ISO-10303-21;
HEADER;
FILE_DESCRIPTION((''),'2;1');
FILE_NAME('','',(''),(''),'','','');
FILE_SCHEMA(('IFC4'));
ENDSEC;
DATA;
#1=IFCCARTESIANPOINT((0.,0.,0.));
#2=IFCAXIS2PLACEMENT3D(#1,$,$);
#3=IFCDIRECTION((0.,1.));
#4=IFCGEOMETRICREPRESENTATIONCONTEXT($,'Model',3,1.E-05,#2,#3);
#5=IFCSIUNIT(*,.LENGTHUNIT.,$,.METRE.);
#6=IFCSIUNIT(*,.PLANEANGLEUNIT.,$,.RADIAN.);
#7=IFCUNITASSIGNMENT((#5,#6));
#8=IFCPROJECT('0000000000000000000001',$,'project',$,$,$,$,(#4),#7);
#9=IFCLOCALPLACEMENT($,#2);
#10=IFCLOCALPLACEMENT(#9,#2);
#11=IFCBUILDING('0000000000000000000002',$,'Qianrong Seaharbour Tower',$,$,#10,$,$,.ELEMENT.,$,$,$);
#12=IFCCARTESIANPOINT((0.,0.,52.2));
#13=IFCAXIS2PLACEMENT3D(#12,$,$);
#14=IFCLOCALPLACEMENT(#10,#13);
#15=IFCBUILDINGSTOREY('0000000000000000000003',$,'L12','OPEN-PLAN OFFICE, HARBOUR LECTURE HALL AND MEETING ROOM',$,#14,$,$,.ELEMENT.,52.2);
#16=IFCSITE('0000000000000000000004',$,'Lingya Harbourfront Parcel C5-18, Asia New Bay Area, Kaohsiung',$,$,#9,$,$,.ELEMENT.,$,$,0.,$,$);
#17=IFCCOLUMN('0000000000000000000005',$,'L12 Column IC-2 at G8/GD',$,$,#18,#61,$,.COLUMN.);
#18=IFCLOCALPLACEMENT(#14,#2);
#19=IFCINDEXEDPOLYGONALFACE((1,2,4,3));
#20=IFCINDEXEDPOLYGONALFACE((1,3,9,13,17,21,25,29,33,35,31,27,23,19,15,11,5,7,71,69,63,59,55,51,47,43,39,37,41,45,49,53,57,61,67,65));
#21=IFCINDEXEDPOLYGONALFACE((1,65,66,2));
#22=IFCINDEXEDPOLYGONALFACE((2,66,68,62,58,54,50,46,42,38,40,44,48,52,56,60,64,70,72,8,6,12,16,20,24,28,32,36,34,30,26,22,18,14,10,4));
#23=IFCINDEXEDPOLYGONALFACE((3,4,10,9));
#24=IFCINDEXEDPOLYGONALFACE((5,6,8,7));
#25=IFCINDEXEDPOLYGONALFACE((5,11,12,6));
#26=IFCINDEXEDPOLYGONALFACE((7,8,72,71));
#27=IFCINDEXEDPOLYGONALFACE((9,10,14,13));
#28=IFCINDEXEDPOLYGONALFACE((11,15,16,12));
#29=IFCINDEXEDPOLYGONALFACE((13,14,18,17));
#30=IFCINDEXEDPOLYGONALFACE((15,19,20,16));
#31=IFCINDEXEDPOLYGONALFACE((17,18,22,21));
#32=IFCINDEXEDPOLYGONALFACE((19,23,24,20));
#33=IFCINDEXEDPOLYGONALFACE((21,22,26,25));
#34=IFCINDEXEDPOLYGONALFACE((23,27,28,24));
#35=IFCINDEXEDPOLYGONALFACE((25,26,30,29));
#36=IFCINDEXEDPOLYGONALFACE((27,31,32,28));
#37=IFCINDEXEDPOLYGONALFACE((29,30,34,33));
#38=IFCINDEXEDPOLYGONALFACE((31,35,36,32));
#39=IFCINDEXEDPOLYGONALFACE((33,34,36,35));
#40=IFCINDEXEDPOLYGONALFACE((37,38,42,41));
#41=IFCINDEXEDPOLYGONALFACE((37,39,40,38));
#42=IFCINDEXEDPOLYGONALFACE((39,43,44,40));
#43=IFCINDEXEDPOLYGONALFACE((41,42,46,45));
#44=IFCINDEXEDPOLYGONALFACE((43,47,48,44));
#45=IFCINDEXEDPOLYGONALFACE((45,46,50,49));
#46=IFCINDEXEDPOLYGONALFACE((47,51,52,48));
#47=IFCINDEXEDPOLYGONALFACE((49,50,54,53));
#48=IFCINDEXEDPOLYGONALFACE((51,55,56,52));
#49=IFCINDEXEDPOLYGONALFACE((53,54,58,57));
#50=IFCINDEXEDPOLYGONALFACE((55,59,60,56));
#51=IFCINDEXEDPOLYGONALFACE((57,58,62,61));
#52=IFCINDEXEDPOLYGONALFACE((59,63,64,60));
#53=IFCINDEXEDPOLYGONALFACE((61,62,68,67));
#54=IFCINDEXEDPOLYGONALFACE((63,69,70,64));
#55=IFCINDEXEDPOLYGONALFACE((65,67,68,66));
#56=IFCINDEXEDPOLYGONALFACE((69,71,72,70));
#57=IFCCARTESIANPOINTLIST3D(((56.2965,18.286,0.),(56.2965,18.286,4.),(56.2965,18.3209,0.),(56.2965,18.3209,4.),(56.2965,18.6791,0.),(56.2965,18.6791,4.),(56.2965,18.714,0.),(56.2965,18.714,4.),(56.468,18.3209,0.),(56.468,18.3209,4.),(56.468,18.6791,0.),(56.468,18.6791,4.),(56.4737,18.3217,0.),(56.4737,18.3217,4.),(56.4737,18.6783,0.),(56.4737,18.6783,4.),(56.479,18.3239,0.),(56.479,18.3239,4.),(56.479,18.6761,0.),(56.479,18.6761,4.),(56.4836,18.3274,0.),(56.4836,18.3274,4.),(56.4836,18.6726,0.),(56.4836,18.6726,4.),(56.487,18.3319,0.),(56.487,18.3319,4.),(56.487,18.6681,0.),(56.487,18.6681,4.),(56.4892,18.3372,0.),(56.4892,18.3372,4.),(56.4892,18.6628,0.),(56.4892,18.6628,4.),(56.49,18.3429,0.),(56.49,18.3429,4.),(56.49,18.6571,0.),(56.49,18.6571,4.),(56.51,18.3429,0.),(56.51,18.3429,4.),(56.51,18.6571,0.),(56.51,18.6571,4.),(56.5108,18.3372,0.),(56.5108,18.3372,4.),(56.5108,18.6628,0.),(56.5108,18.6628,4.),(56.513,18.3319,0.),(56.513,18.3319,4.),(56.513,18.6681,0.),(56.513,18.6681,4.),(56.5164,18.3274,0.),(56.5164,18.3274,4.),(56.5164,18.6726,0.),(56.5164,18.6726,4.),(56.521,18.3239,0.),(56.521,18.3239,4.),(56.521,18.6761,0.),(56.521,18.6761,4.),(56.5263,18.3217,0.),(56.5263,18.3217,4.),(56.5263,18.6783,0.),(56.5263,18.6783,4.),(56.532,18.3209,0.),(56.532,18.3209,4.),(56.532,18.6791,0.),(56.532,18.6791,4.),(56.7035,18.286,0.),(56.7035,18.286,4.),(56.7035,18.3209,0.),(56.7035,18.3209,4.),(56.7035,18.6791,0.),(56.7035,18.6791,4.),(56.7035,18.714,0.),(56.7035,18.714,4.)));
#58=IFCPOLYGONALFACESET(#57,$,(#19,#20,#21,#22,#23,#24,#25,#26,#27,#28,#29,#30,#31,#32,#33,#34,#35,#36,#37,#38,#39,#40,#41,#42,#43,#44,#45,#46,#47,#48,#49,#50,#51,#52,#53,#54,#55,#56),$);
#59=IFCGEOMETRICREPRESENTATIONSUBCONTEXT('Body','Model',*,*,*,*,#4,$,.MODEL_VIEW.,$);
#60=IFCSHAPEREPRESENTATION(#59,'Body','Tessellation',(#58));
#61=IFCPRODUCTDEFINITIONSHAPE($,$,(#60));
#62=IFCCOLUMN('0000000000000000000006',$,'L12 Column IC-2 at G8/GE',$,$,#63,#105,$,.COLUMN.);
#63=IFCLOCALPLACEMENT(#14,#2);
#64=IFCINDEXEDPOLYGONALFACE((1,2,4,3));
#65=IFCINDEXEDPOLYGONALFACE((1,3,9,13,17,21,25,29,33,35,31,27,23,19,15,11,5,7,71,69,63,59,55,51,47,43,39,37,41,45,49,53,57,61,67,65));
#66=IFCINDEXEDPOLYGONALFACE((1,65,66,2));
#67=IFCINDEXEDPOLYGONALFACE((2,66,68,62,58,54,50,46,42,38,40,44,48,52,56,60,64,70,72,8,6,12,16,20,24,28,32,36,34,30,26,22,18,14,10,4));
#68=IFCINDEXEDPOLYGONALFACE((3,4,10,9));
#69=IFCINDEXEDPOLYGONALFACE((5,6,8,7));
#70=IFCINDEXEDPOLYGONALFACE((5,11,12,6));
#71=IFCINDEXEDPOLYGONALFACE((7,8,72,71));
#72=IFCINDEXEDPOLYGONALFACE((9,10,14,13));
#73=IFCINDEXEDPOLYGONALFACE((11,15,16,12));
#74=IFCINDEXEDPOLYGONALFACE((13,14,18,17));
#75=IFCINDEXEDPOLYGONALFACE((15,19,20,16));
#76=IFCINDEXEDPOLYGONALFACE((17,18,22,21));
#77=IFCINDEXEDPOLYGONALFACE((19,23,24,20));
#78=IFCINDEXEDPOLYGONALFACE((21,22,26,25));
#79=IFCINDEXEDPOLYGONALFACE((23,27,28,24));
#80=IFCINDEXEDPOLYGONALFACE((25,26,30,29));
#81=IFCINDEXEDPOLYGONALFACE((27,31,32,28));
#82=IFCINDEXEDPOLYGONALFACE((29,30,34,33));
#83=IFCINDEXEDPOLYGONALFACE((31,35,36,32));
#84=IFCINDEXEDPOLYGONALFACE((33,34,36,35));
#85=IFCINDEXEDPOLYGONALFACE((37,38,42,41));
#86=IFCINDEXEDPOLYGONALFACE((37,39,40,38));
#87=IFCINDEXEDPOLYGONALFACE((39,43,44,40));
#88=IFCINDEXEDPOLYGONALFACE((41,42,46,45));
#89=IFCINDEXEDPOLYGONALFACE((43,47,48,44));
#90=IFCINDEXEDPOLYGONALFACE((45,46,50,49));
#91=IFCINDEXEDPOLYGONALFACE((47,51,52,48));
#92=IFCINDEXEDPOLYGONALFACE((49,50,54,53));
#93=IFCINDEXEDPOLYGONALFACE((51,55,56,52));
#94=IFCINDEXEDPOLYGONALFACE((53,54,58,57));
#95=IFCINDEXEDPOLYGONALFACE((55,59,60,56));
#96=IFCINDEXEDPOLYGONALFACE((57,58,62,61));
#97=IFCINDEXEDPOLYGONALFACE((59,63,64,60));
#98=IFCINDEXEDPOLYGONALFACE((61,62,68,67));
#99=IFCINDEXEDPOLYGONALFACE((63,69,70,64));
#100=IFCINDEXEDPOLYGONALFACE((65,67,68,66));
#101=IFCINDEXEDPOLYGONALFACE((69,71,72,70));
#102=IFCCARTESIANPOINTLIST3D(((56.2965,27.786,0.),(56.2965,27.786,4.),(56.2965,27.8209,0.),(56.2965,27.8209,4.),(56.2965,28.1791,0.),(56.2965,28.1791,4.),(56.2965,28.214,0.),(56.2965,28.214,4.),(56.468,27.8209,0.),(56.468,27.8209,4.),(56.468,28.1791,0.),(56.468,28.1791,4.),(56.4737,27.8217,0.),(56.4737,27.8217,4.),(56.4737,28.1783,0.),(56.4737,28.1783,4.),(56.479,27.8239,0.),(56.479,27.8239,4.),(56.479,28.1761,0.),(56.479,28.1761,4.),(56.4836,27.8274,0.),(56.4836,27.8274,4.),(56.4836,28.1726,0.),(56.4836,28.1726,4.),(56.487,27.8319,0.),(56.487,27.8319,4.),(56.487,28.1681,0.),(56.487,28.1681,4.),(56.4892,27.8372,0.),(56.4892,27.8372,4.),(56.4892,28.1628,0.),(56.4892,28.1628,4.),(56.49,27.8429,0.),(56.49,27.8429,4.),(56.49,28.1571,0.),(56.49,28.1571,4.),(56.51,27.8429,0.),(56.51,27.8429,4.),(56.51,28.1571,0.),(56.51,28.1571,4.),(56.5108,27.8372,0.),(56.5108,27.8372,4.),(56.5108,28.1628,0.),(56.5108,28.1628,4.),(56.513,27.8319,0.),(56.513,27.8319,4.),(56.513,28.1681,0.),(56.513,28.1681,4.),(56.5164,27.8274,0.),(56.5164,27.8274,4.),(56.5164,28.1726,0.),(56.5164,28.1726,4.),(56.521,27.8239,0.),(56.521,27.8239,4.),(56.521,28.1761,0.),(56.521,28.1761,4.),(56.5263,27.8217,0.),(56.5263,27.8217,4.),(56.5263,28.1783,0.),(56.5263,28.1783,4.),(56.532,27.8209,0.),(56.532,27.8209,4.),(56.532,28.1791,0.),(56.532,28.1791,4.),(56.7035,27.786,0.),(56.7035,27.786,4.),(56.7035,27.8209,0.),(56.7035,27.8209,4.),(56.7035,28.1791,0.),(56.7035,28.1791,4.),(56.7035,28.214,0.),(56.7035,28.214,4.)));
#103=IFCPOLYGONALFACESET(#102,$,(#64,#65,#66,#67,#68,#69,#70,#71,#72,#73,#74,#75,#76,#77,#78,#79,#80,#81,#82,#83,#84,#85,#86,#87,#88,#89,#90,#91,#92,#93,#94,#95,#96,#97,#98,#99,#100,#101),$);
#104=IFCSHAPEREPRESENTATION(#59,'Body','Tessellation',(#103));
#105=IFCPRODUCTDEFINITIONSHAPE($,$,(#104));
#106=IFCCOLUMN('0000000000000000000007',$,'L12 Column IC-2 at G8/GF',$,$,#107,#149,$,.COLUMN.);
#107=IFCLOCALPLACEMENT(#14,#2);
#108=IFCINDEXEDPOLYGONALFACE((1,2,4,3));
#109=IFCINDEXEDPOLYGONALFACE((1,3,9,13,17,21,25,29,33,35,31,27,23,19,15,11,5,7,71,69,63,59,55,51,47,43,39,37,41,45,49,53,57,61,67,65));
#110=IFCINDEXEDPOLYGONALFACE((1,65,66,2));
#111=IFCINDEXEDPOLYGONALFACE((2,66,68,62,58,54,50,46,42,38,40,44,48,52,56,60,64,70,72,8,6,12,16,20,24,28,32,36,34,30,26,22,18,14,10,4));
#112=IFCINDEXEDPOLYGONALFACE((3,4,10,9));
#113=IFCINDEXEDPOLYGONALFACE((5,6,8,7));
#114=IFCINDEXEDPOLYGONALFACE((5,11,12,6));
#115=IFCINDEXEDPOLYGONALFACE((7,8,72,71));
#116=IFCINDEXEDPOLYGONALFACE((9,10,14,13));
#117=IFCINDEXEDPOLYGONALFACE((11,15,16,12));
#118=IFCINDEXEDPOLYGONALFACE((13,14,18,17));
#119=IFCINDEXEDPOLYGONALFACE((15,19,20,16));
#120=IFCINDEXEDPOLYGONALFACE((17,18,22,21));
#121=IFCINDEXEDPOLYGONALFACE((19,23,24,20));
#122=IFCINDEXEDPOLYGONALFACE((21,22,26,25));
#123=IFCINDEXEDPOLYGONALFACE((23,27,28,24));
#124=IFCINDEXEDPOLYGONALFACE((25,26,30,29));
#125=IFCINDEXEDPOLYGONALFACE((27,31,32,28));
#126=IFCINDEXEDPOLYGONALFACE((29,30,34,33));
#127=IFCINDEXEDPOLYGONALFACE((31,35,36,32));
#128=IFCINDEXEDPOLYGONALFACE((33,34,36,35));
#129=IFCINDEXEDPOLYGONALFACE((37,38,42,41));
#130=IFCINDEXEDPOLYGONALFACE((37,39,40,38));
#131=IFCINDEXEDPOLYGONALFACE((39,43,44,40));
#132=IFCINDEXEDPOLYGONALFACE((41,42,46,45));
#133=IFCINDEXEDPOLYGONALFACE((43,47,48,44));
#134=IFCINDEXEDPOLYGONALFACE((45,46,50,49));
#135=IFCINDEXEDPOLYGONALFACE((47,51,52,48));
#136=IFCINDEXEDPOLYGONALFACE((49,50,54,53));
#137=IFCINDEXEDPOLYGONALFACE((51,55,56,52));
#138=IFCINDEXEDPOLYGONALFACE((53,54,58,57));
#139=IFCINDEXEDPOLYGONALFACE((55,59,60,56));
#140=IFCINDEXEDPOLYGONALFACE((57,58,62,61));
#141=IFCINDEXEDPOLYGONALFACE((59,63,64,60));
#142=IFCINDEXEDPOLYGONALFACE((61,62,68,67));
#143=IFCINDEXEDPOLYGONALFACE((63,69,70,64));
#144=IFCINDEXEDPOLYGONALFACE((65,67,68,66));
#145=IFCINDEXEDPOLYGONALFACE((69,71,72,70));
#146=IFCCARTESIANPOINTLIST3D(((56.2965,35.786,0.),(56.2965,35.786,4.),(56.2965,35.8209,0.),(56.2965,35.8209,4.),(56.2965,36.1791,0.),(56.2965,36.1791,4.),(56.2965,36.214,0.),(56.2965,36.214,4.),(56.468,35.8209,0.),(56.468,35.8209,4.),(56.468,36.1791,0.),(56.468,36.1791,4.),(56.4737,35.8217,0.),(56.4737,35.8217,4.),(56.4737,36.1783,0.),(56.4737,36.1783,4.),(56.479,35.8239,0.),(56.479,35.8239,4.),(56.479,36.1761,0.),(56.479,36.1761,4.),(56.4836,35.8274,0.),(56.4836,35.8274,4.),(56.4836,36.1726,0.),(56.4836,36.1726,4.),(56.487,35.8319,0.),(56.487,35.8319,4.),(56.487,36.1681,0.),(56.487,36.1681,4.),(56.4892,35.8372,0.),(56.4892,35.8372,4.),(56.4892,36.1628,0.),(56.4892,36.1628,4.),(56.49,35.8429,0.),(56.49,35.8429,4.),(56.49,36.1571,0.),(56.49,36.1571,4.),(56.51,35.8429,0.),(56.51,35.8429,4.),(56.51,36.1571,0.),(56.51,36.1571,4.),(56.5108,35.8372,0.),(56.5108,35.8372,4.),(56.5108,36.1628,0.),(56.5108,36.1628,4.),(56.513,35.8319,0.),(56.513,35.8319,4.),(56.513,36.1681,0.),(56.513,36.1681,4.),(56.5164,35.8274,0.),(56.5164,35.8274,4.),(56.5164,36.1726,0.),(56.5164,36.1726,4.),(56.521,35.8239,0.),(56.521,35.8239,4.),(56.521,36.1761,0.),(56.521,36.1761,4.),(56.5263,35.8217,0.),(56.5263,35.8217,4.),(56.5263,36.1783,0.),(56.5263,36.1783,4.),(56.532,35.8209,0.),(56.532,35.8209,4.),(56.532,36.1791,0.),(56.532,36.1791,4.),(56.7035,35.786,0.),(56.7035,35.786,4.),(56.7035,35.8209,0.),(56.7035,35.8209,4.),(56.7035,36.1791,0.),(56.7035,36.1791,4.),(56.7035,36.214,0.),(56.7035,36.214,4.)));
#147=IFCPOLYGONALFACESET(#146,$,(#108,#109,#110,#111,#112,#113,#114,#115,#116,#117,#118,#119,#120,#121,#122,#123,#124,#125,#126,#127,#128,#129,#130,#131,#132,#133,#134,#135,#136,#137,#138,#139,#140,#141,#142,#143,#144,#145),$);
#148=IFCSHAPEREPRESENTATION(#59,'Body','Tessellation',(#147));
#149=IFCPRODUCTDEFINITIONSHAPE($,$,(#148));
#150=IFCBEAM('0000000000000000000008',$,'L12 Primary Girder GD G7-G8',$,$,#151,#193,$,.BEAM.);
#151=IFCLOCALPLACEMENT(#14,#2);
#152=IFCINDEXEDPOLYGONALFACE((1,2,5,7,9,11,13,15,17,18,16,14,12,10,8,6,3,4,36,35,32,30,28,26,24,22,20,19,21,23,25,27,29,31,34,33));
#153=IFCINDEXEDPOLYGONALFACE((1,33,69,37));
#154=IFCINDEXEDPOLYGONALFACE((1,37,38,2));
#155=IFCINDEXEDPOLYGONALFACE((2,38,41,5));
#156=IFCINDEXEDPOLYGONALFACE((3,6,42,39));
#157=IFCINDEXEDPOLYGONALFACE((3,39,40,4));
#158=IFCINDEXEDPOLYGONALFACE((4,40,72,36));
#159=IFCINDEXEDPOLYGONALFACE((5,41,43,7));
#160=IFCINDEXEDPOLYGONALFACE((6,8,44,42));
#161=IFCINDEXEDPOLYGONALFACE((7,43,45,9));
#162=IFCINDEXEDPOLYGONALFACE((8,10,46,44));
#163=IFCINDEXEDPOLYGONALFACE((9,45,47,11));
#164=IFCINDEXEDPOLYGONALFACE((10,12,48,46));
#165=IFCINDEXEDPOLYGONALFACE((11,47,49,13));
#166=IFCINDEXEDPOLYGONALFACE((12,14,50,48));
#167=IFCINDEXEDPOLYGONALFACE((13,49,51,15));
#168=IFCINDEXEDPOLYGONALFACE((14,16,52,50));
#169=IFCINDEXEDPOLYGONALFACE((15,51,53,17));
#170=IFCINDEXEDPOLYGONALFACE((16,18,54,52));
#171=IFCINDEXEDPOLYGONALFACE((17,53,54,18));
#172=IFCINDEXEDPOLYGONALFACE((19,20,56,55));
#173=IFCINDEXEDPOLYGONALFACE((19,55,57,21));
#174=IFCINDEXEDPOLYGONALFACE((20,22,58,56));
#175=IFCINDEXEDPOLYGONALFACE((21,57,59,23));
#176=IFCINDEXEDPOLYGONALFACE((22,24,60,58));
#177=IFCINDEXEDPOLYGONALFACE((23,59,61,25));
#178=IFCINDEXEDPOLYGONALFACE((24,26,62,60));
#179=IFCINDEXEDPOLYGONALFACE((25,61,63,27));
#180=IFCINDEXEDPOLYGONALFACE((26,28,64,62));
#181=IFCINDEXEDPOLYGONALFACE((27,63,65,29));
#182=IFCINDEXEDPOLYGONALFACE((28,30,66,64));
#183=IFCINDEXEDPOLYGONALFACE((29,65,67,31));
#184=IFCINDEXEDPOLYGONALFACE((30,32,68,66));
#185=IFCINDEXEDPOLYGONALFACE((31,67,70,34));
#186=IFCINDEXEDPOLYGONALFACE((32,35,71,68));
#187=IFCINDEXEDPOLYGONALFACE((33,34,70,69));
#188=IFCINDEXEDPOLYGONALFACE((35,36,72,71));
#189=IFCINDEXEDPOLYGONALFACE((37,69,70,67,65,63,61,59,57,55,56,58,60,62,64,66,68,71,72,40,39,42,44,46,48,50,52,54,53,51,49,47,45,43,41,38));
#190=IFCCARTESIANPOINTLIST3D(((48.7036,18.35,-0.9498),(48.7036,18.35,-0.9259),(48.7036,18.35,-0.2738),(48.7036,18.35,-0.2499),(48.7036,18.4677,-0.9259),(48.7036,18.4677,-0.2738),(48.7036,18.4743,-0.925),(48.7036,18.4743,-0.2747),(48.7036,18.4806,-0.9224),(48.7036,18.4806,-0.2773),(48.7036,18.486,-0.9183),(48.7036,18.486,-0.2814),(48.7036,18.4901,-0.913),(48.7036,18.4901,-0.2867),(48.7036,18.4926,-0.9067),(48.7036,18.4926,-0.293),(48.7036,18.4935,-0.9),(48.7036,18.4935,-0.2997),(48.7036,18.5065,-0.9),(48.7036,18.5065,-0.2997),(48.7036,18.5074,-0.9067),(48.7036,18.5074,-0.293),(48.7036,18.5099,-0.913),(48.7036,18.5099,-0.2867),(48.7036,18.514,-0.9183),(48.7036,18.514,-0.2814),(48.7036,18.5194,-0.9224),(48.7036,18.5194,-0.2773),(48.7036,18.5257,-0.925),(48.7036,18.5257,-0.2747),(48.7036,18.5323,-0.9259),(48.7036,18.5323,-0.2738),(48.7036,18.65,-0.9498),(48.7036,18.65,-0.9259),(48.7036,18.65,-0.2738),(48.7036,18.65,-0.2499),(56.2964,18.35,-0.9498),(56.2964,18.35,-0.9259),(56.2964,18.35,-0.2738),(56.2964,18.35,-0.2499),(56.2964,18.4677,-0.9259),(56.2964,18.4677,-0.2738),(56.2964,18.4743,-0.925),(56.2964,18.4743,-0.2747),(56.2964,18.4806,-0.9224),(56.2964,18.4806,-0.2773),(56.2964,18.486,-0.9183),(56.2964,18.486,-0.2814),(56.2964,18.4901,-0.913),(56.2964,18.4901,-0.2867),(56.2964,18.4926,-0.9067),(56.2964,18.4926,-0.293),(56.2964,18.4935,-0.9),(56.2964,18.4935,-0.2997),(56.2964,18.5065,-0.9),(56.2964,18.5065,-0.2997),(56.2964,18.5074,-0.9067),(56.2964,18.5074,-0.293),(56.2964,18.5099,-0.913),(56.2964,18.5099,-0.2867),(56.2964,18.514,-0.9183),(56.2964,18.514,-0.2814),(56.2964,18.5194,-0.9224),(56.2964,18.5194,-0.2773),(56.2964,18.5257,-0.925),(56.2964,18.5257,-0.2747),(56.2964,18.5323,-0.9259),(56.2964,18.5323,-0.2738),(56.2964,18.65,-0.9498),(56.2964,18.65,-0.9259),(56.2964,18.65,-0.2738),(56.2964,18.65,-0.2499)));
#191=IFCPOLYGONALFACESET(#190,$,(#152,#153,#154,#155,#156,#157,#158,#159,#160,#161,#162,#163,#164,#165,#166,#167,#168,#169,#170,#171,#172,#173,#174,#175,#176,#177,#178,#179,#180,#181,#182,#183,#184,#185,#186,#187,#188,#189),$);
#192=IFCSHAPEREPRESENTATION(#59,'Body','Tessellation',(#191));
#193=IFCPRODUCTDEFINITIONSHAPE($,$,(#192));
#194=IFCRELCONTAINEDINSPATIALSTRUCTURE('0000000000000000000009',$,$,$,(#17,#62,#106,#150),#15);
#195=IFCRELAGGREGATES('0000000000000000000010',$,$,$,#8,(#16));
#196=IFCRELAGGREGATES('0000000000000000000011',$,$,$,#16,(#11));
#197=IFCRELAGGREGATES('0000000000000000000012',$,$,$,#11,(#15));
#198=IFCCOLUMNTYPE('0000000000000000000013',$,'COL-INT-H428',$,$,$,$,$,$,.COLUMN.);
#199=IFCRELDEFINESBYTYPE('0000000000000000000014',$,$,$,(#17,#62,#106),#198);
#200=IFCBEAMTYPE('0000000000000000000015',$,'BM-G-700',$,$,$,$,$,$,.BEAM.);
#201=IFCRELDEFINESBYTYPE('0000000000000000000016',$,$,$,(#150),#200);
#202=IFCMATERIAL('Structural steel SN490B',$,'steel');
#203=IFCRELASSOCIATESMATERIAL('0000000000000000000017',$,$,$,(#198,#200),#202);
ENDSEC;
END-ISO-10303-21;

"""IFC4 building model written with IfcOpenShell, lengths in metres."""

from ifc_helpers import new_model, si_unit, direction, frame, origin, origin_2d, place, context, subcontext, project, spatial, i_section, extrude, material, material_profile, profile_set, type_object, element, save


model = new_model("IFC4")

# Units and contexts
model_context = context("Model", 3, precision=1e-05, world=origin(), true_north=direction((0.0, 1.0)))
body_context = subcontext(model_context, "Body", "Model", "MODEL_VIEW")
ifc_project = project(units=[si_unit("LENGTHUNIT", "METRE"), si_unit("PLANEANGLEUNIT", "RADIAN")], contexts=[model_context])

# Site, building, storey
site_placement = place(None, origin())
site = spatial("IfcSite", under=ifc_project, at=site_placement, Name="Lingya Harbourfront Parcel C5-18, Asia New Bay Area, Kaohsiung", CompositionType="ELEMENT", RefElevation=0.0)
building_placement = place(site_placement, origin())
building = spatial("IfcBuilding", under=site, at=building_placement, Name="Qianrong Seaharbour Tower", CompositionType="ELEMENT")
storey_placement = place(building_placement, frame((0.0, 0.0, 52.2)))
storey = spatial("IfcBuildingStorey", under=building, at=storey_placement, Name="L12", Description="OPEN-PLAN OFFICE, HARBOUR LECTURE HALL AND MEETING ROOM", CompositionType="ELEMENT", Elevation=52.2)

# Columns
ifc_material_1 = material(Name="Structural steel SN490B", Category="steel")
ifc_material_profile_1 = material_profile(ifc_material_1, i_section(OverallWidth=0.407, OverallDepth=0.428, WebThickness=0.02, FlangeThickness=0.0349, FilletRadius=0.022, at=origin_2d()), Name="H428x407x20x35")
ifc_profile_set_1 = profile_set([ifc_material_profile_1], Name="Structural steel SN490B")
column_type_1 = type_object("IfcColumnType", Name="COL-INT-H428", PredefinedType="COLUMN", material=ifc_profile_set_1)
for number, where, z_axis, x_axis, name in (
    (1, (56.5, 18.5, 0.0), (0.0, 0.0, 1.0), (1.0, 0.0, 0.0), "L12 Column IC-2 at G8/GD"),
    (2, (56.5, 28.0, 0.0), (0.0, 0.0, 1.0), (1.0, 0.0, 0.0), "L12 Column IC-2 at G8/GE"),
    (3, (56.5, 36.0, 0.0), (0.0, 0.0, 1.0), (1.0, 0.0, 0.0), "L12 Column IC-2 at G8/GF"),
):
    element("IfcColumn", number, at=place(storey_placement, frame(where, z_axis=z_axis, x_axis=x_axis)), inside=storey, type_object=column_type_1, Name=name, PredefinedType="COLUMN", context=body_context, shape_type="SweptSolid", body=[
        extrude(i_section(OverallWidth=0.407, OverallDepth=0.428, WebThickness=0.02, FlangeThickness=0.0349, FilletRadius=0.022, at=origin_2d()), origin(), (0.0, 0.0, 1.0), 4.0),
    ])

# Beam
ifc_material_profile_2 = material_profile(ifc_material_1, i_section(OverallWidth=0.3, OverallDepth=0.7, WebThickness=0.0129, FlangeThickness=0.0239, FilletRadius=0.0259, at=origin_2d()), Name="H700x300x13x24")
ifc_profile_set_2 = profile_set([ifc_material_profile_2], Name="Structural steel SN490B")
beam_type_1 = type_object("IfcBeamType", Name="BM-G-700", PredefinedType="BEAM", material=ifc_profile_set_2)
beam_1_placement = place(storey_placement, frame((48.7036, 18.5, -0.5999), z_axis=(1.0, 0.0, 0.0), x_axis=(0.0, 1.0, 0.0)))
element("IfcBeam", 4, at=beam_1_placement, inside=storey, type_object=beam_type_1, Name="L12 Primary Girder GD G7-G8", PredefinedType="BEAM", context=body_context, shape_type="SweptSolid", body=[
    extrude(i_section(OverallWidth=0.3, OverallDepth=0.7, WebThickness=0.0129, FlangeThickness=0.0239, FilletRadius=0.0259, at=origin_2d()), origin(), (0.0, 0.0, 1.0), 7.5928),
])

save(model, "model.ifc")
